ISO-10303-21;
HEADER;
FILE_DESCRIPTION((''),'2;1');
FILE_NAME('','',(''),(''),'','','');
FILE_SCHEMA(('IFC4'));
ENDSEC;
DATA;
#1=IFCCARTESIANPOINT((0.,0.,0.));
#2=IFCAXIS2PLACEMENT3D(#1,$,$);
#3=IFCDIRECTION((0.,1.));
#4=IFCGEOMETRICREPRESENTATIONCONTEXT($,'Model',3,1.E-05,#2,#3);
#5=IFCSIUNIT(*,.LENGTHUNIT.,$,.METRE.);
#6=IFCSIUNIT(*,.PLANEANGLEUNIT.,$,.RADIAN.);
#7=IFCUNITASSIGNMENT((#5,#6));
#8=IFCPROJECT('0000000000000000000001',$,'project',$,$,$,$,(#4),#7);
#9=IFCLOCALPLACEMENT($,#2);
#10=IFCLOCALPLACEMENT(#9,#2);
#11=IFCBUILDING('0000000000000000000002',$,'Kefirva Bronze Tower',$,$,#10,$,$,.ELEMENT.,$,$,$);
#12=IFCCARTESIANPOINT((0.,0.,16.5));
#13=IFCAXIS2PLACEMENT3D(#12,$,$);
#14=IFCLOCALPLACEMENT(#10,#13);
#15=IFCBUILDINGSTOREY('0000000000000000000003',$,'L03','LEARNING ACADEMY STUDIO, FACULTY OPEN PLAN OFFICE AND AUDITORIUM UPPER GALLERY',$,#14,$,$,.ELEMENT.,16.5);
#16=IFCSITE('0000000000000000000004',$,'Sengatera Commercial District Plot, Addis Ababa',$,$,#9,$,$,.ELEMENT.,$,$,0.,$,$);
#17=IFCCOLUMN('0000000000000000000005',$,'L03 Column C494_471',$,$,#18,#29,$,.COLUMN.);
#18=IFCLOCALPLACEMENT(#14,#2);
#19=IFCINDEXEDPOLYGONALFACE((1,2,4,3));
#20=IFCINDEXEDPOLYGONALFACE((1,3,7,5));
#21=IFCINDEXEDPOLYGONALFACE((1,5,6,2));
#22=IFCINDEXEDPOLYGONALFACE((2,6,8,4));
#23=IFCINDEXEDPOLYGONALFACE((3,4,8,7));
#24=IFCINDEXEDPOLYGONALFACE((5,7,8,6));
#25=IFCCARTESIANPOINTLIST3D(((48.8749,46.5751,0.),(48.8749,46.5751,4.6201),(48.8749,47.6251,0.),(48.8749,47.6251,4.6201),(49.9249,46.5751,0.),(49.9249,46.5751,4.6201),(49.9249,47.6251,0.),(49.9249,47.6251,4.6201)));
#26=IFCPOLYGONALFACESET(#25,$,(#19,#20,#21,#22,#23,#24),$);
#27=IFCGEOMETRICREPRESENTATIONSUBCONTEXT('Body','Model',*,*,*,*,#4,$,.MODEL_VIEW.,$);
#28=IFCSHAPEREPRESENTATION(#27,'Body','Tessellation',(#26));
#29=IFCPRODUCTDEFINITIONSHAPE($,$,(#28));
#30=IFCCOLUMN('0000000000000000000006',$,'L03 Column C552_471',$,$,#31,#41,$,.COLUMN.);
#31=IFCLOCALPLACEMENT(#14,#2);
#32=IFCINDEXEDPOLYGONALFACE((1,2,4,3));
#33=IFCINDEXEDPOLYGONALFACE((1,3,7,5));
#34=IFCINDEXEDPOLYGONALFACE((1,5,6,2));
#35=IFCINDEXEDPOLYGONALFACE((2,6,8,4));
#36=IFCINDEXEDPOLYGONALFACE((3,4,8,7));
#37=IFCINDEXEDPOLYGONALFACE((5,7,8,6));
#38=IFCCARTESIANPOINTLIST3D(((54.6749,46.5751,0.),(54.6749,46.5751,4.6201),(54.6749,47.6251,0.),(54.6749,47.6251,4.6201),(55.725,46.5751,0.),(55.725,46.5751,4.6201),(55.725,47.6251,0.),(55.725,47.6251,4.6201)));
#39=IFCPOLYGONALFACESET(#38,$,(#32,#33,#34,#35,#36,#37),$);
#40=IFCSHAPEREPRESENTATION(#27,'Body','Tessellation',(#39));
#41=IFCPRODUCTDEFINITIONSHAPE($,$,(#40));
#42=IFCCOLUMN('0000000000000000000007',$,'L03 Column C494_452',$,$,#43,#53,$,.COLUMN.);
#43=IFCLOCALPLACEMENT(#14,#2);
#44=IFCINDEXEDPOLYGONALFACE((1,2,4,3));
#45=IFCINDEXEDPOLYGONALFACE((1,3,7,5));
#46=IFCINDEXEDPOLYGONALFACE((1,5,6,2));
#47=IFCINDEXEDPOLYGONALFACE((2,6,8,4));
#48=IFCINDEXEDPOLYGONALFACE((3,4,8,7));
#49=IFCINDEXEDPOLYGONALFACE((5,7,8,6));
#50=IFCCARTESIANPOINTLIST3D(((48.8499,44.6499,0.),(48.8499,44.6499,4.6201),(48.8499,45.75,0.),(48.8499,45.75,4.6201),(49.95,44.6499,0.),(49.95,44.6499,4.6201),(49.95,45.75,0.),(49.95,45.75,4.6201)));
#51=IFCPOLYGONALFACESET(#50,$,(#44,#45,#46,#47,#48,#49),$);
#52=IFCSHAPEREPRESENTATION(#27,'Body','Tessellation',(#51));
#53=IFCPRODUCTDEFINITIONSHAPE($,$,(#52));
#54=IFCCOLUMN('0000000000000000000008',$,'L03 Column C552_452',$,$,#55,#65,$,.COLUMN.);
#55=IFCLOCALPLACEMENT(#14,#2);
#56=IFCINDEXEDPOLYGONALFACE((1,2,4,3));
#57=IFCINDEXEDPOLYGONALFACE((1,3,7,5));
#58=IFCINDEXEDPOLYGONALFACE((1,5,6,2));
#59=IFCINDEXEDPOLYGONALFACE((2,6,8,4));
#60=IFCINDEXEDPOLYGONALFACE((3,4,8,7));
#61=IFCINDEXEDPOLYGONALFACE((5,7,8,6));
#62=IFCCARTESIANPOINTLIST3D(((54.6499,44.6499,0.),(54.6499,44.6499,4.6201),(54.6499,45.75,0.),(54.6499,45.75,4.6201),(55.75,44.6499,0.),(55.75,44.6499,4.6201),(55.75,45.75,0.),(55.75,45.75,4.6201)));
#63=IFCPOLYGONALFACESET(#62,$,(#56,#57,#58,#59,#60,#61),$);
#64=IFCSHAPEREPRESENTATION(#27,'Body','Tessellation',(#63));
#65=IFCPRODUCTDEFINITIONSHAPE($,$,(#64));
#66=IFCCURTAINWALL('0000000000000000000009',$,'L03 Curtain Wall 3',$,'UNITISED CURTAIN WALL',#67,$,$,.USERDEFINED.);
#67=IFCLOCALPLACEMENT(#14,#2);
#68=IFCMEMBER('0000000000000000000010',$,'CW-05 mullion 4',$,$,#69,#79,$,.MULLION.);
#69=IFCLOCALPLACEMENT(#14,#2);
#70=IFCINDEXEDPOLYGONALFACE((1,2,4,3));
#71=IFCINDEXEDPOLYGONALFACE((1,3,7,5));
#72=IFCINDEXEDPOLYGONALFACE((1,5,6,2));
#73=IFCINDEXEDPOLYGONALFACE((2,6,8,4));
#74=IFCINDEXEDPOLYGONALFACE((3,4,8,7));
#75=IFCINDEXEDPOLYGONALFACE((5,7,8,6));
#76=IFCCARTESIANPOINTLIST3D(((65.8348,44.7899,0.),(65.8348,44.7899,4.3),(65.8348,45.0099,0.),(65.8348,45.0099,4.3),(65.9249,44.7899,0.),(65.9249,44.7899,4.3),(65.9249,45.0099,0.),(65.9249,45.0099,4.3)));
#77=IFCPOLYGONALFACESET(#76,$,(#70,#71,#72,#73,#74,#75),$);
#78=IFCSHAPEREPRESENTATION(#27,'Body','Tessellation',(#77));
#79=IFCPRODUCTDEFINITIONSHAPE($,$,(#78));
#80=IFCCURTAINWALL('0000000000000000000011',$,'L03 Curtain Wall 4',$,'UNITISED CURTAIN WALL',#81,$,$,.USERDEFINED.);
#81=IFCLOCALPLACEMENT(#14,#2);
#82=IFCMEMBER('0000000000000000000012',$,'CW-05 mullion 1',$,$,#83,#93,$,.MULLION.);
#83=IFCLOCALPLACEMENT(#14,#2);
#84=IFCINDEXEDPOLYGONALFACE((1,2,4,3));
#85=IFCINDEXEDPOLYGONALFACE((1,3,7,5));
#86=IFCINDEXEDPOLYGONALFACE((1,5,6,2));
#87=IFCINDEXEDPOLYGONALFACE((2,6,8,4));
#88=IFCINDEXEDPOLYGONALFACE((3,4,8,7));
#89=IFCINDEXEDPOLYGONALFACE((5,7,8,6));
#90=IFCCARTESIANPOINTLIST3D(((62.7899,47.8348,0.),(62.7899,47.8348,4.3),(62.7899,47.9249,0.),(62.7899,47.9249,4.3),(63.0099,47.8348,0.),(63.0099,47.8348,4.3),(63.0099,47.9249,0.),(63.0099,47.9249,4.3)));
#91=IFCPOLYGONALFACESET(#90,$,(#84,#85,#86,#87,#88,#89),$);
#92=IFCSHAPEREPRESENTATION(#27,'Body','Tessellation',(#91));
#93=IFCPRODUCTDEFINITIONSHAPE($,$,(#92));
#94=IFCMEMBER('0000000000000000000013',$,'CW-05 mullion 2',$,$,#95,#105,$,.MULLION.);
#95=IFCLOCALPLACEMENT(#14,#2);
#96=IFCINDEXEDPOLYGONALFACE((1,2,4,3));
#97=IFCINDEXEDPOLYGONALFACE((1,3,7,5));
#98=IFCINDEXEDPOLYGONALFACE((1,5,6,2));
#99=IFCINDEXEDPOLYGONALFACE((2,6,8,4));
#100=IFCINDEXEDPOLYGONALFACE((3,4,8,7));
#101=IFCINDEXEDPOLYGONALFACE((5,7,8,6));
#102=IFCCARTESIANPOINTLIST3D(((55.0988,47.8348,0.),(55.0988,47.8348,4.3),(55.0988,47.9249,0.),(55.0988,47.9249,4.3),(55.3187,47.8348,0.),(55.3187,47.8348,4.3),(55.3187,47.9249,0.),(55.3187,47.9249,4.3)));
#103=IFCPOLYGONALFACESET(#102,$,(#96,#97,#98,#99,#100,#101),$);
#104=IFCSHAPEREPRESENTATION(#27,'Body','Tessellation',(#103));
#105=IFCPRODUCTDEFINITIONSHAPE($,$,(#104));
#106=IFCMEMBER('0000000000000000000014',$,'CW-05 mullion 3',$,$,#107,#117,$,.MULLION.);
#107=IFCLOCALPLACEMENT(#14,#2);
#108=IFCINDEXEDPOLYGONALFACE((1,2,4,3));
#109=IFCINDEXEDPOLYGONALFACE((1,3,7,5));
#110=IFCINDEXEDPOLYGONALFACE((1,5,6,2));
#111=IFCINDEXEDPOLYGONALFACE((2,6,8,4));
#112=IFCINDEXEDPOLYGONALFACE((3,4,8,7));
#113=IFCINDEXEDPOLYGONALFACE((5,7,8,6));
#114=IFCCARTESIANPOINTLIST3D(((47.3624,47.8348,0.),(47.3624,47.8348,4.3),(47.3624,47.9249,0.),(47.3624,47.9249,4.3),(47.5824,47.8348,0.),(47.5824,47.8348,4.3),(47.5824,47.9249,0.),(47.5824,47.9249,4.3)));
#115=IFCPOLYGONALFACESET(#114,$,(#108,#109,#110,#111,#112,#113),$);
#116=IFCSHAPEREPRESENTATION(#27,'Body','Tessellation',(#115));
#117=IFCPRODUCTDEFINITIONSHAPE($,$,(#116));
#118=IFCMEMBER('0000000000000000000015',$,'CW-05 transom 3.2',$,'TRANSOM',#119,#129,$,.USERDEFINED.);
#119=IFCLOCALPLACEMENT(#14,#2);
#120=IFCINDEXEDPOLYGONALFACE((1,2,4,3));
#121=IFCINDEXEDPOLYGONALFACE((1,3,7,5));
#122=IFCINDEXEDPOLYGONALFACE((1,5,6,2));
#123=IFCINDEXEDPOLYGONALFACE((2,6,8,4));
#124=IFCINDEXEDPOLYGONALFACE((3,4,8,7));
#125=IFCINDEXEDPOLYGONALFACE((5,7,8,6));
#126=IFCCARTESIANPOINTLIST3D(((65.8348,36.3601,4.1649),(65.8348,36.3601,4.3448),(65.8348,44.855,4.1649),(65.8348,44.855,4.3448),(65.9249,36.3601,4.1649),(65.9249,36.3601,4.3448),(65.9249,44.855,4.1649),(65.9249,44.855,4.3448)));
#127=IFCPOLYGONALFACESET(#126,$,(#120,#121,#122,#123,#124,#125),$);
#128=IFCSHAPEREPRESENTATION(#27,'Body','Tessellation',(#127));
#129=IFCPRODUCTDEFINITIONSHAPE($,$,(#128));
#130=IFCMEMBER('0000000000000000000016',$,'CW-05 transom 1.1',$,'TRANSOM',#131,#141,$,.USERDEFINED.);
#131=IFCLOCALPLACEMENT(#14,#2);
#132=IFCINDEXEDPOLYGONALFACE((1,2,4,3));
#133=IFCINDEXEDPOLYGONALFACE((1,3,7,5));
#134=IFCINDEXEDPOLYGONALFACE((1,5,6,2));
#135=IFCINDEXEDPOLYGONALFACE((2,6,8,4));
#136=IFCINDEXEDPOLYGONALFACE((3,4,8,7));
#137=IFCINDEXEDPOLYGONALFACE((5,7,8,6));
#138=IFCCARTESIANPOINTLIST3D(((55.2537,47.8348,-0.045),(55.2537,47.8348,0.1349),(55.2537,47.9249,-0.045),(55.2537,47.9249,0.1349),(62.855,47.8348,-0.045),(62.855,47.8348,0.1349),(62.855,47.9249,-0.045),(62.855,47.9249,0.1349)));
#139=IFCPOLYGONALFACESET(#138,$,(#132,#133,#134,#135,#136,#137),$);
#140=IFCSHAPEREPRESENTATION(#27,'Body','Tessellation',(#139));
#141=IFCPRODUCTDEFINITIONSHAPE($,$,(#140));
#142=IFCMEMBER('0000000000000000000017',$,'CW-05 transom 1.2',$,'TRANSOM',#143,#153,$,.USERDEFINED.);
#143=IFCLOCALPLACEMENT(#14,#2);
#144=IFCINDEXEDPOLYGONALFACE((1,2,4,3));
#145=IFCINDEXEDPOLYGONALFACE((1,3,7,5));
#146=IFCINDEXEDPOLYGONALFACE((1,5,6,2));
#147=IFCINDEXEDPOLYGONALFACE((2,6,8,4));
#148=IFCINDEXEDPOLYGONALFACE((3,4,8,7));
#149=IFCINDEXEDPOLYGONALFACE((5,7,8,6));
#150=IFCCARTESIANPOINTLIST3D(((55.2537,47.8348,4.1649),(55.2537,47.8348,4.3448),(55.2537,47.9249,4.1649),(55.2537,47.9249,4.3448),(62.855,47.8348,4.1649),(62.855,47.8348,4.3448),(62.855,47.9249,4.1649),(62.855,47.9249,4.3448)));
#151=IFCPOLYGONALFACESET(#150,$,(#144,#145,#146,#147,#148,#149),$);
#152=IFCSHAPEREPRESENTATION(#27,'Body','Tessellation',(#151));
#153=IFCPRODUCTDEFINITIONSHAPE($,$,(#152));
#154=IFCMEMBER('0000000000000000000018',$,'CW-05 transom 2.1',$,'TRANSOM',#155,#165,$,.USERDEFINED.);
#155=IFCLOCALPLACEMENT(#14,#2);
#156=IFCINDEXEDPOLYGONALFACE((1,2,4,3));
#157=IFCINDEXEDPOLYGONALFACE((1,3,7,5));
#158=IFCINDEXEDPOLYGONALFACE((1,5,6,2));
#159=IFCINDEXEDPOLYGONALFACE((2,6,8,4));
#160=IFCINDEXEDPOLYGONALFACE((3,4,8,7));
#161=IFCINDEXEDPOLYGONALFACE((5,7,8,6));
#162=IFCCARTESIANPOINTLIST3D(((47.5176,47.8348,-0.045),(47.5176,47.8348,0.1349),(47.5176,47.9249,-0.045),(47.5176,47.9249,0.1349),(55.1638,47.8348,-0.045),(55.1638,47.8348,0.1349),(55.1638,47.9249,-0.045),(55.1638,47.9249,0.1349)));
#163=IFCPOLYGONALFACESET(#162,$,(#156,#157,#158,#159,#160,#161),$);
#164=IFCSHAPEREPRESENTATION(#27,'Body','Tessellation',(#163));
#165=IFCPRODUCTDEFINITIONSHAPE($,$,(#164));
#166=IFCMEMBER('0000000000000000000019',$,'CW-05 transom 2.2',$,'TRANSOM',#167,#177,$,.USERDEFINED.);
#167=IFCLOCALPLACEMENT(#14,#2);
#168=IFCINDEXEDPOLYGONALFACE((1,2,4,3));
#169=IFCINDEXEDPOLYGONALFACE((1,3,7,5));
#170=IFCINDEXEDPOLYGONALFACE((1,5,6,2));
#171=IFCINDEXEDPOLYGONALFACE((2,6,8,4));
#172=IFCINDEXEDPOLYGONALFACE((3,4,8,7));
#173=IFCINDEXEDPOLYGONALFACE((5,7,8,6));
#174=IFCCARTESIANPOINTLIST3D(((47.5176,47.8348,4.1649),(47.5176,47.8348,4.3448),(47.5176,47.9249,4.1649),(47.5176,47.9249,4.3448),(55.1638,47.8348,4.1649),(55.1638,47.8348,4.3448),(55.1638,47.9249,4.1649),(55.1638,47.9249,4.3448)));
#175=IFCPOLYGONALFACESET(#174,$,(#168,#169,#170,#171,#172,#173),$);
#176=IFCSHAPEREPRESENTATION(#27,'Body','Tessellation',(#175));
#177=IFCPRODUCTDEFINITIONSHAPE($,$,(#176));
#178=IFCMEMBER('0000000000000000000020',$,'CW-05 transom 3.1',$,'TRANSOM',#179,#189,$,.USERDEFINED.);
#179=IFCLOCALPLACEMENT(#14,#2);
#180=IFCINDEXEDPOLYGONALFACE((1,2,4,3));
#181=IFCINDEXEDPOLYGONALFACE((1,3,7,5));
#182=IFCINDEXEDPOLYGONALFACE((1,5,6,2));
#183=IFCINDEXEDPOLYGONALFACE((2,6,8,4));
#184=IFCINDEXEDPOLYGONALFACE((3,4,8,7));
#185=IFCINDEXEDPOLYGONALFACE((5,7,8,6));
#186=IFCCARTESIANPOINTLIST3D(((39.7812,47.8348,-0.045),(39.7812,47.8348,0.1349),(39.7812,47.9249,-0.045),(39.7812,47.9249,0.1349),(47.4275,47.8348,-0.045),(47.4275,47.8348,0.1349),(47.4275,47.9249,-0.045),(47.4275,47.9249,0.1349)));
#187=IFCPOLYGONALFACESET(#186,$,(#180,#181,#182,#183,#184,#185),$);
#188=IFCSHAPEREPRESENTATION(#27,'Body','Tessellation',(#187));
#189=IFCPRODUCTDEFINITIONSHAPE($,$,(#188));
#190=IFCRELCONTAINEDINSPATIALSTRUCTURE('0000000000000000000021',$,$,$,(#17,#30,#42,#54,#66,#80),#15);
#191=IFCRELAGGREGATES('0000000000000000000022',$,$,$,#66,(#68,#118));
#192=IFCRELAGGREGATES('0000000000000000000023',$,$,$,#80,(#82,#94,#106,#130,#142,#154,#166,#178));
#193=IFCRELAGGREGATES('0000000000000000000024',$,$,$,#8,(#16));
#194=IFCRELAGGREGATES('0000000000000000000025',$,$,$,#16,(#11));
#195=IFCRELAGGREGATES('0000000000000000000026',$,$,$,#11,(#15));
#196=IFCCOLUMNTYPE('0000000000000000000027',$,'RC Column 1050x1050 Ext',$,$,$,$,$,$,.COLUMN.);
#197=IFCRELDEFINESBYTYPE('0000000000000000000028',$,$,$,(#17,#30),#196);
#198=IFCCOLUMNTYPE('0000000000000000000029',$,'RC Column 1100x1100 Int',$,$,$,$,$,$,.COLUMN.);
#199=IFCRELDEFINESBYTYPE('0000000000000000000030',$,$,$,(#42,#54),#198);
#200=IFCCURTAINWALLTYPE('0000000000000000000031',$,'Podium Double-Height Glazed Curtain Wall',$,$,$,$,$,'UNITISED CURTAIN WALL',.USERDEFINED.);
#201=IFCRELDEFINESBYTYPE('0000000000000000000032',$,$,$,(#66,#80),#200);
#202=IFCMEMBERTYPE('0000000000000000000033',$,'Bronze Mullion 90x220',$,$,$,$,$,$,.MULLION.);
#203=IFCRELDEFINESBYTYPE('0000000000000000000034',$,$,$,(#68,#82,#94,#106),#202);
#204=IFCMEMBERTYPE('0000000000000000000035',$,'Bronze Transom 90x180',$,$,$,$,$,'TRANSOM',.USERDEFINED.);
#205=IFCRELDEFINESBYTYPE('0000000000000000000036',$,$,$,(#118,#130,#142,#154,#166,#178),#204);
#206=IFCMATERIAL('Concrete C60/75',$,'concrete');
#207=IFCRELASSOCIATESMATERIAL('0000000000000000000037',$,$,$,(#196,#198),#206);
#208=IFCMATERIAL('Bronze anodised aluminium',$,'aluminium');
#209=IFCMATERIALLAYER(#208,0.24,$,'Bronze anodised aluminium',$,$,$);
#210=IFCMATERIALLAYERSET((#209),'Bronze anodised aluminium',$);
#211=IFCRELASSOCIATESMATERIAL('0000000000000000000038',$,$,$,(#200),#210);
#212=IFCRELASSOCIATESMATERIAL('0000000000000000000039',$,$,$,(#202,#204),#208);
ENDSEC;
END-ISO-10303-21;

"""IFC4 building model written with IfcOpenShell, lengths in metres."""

from ifc_helpers import new_model, si_unit, direction, frame, origin, origin_2d, place, context, subcontext, project, spatial, rectangle, extrude, material, layer, layer_set, material_profile, profile_set, type_object, element, aggregate, save


model = new_model("IFC4")

# Units and contexts
model_context = context("Model", 3, precision=1e-05, world=origin(), true_north=direction((0.0, 1.0)))
body_context = subcontext(model_context, "Body", "Model", "MODEL_VIEW")
ifc_project = project(units=[si_unit("LENGTHUNIT", "METRE"), si_unit("PLANEANGLEUNIT", "RADIAN")], contexts=[model_context])

# Site, building, storey
site_placement = place(None, origin())
site = spatial("IfcSite", under=ifc_project, at=site_placement, Name="Sengatera Commercial District Plot, Addis Ababa", CompositionType="ELEMENT", RefElevation=0.0)
building_placement = place(site_placement, origin())
building = spatial("IfcBuilding", under=site, at=building_placement, Name="Kefirva Bronze Tower", CompositionType="ELEMENT")
storey_placement = place(building_placement, frame((0.0, 0.0, 16.5)))
storey = spatial("IfcBuildingStorey", under=building, at=storey_placement, Name="L03", Description="LEARNING ACADEMY STUDIO, FACULTY OPEN PLAN OFFICE AND AUDITORIUM UPPER GALLERY", CompositionType="ELEMENT", Elevation=16.5)

# Columns
ifc_material_1 = material(Name="Concrete C60/75", Category="concrete")
ifc_material_profile_1 = material_profile(ifc_material_1, rectangle(XDim=1.05, YDim=1.05, at=origin_2d()), Name="RC 1050x1050")
ifc_profile_set_1 = profile_set([ifc_material_profile_1], Name="Concrete C60/75")
column_type_1 = type_object("IfcColumnType", Name="RC Column 1050x1050 Ext", PredefinedType="COLUMN", material=ifc_profile_set_1)
for number, where, z_axis, x_axis, name in (
    (1, (49.3999, 47.1001, 0.0), (0.0, 0.0, 1.0), (1.0, 0.0, 0.0), "L03 Column C494_471"),
    (2, (55.2, 47.1001, 0.0), (0.0, 0.0, 1.0), (1.0, 0.0, 0.0), "L03 Column C552_471"),
):
    element("IfcColumn", number, at=place(storey_placement, frame(where, z_axis=z_axis, x_axis=x_axis)), inside=storey, type_object=column_type_1, Name=name, PredefinedType="COLUMN", context=body_context, shape_type="SweptSolid", body=[
        extrude(rectangle(XDim=1.05, YDim=1.05, at=origin_2d()), origin(), (0.0, 0.0, 1.0), 4.6201),
    ])
ifc_material_profile_2 = material_profile(ifc_material_1, rectangle(XDim=1.1001, YDim=1.1001, at=origin_2d()), Name="RC 1100x1100")
ifc_profile_set_2 = profile_set([ifc_material_profile_2], Name="Concrete C60/75")
column_type_2 = type_object("IfcColumnType", Name="RC Column 1100x1100 Int", PredefinedType="COLUMN", material=ifc_profile_set_2)
for number, where, z_axis, x_axis, name in (
    (3, (49.3999, 45.2, 0.0), (0.0, 0.0, 1.0), (1.0, 0.0, 0.0), "L03 Column C494_452"),
    (4, (55.2, 45.2, 0.0), (0.0, 0.0, 1.0), (1.0, 0.0, 0.0), "L03 Column C552_452"),
):
    element("IfcColumn", number, at=place(storey_placement, frame(where, z_axis=z_axis, x_axis=x_axis)), inside=storey, type_object=column_type_2, Name=name, PredefinedType="COLUMN", context=body_context, shape_type="SweptSolid", body=[
        extrude(rectangle(XDim=1.1001, YDim=1.1001, at=origin_2d()), origin(), (0.0, 0.0, 1.0), 4.6201),
    ])

# Curtain wall, member
ifc_material_2 = material(Name="Bronze anodised aluminium", Category="aluminium")
ifc_layer_1 = layer(ifc_material_2, 0.24, Name="Bronze anodised aluminium")
ifc_layer_set_1 = layer_set([ifc_layer_1], Name="Bronze anodised aluminium")
curtain_wall_type = type_object("IfcCurtainWallType", Name="Podium Double-Height Glazed Curtain Wall", ElementType="UNITISED CURTAIN WALL", PredefinedType="USERDEFINED", material=ifc_layer_set_1)
curtain_wall_1_placement = place(storey_placement, origin())
curtain_wall_1 = element("IfcCurtainWall", 5, at=curtain_wall_1_placement, inside=storey, type_object=curtain_wall_type, Name="L03 Curtain Wall 3", ObjectType="UNITISED CURTAIN WALL", PredefinedType="USERDEFINED")
ifc_material_profile_3 = material_profile(ifc_material_2, rectangle(XDim=0.0901, YDim=0.22, at=origin_2d()), Name="ALU 90x220")
ifc_profile_set_3 = profile_set([ifc_material_profile_3], Name="Bronze anodised aluminium")
member_type_1 = type_object("IfcMemberType", Name="Bronze Mullion 90x220", PredefinedType="MULLION", material=ifc_profile_set_3)
member_1_placement = place(storey_placement, frame((65.8799, 44.8999, 0.0), z_axis=(0.0, 0.0, 1.0), x_axis=(-1.0, 0.0, 0.0)))
member_1 = element("IfcMember", 6, at=member_1_placement, type_object=member_type_1, Name="CW-05 mullion 4", PredefinedType="MULLION", context=body_context, shape_type="SweptSolid", body=[
    extrude(rectangle(XDim=0.0901, YDim=0.22, at=origin_2d()), origin(), (0.0, 0.0, 1.0), 4.3),
])

# Curtain wall, members
curtain_wall_2_placement = place(storey_placement, origin())
curtain_wall_2 = element("IfcCurtainWall", 7, at=curtain_wall_2_placement, inside=storey, type_object=curtain_wall_type, Name="L03 Curtain Wall 4", ObjectType="UNITISED CURTAIN WALL", PredefinedType="USERDEFINED")
member_2_placement = place(storey_placement, frame((62.8999, 47.8799, 0.0), z_axis=(0.0, 0.0, 1.0), x_axis=(0.0, -1.0, 0.0)))
member_2 = element("IfcMember", 8, at=member_2_placement, type_object=member_type_1, Name="CW-05 mullion 1", PredefinedType="MULLION", context=body_context, shape_type="SweptSolid", body=[
    extrude(rectangle(XDim=0.0901, YDim=0.22, at=origin_2d()), origin(), (0.0, 0.0, 1.0), 4.3),
])
member_3_placement = place(storey_placement, frame((55.2087, 47.8799, 0.0), z_axis=(0.0, 0.0, 1.0), x_axis=(0.0, -1.0, 0.0)))
member_3 = element("IfcMember", 9, at=member_3_placement, type_object=member_type_1, Name="CW-05 mullion 2", PredefinedType="MULLION", context=body_context, shape_type="SweptSolid", body=[
    extrude(rectangle(XDim=0.0901, YDim=0.22, at=origin_2d()), origin(), (0.0, 0.0, 1.0), 4.3),
])
member_4_placement = place(storey_placement, frame((47.4724, 47.8799, 0.0), z_axis=(0.0, 0.0, 1.0), x_axis=(0.0, -1.0, 0.0)))
member_4 = element("IfcMember", 10, at=member_4_placement, type_object=member_type_1, Name="CW-05 mullion 3", PredefinedType="MULLION", context=body_context, shape_type="SweptSolid", body=[
    extrude(rectangle(XDim=0.0901, YDim=0.22, at=origin_2d()), origin(), (0.0, 0.0, 1.0), 4.3),
])

# Members
ifc_material_profile_4 = material_profile(ifc_material_2, rectangle(XDim=0.0901, YDim=0.1799, at=origin_2d()), Name="ALU 90x180")
ifc_profile_set_4 = profile_set([ifc_material_profile_4], Name="Bronze anodised aluminium")
member_type_2 = type_object("IfcMemberType", Name="Bronze Transom 90x180", ElementType="TRANSOM", PredefinedType="USERDEFINED", material=ifc_profile_set_4)
member_5_placement = place(storey_placement, frame((65.8799, 36.3601, 4.2549), z_axis=(0.0, 1.0, 0.0), x_axis=(-1.0, 0.0, 0.0)))
member_5 = element("IfcMember", 11, at=member_5_placement, type_object=member_type_2, Name="CW-05 transom 3.2", ObjectType="TRANSOM", PredefinedType="USERDEFINED", context=body_context, shape_type="SweptSolid", body=[
    extrude(rectangle(XDim=0.0901, YDim=0.1799, at=origin_2d()), origin(), (0.0, 0.0, 1.0), 8.4949),
])
member_6_placement = place(storey_placement, frame((62.855, 47.8799, 0.0449), z_axis=(-1.0, 0.0, 0.0), x_axis=(0.0, -1.0, 0.0)))
member_6 = element("IfcMember", 12, at=member_6_placement, type_object=member_type_2, Name="CW-05 transom 1.1", ObjectType="TRANSOM", PredefinedType="USERDEFINED", context=body_context, shape_type="SweptSolid", body=[
    extrude(rectangle(XDim=0.0901, YDim=0.1799, at=origin_2d()), origin(), (0.0, 0.0, 1.0), 7.6013),
])
member_7_placement = place(storey_placement, frame((62.855, 47.8799, 4.2549), z_axis=(-1.0, 0.0, 0.0), x_axis=(0.0, -1.0, 0.0)))
member_7 = element("IfcMember", 13, at=member_7_placement, type_object=member_type_2, Name="CW-05 transom 1.2", ObjectType="TRANSOM", PredefinedType="USERDEFINED", context=body_context, shape_type="SweptSolid", body=[
    extrude(rectangle(XDim=0.0901, YDim=0.1799, at=origin_2d()), origin(), (0.0, 0.0, 1.0), 7.6013),
])
member_8_placement = place(storey_placement, frame((55.1638, 47.8799, 0.0449), z_axis=(-1.0, 0.0, 0.0), x_axis=(0.0, -1.0, 0.0)))
member_8 = element("IfcMember", 14, at=member_8_placement, type_object=member_type_2, Name="CW-05 transom 2.1", ObjectType="TRANSOM", PredefinedType="USERDEFINED", context=body_context, shape_type="SweptSolid", body=[
    extrude(rectangle(XDim=0.0901, YDim=0.1799, at=origin_2d()), origin(), (0.0, 0.0, 1.0), 7.6462),
])
member_9_placement = place(storey_placement, frame((55.1638, 47.8799, 4.2549), z_axis=(-1.0, 0.0, 0.0), x_axis=(0.0, -1.0, 0.0)))
member_9 = element("IfcMember", 15, at=member_9_placement, type_object=member_type_2, Name="CW-05 transom 2.2", ObjectType="TRANSOM", PredefinedType="USERDEFINED", context=body_context, shape_type="SweptSolid", body=[
    extrude(rectangle(XDim=0.0901, YDim=0.1799, at=origin_2d()), origin(), (0.0, 0.0, 1.0), 7.6462),
])
member_10_placement = place(storey_placement, frame((47.4275, 47.8799, 0.0449), z_axis=(-1.0, 0.0, 0.0), x_axis=(0.0, -1.0, 0.0)))
member_10 = element("IfcMember", 16, at=member_10_placement, type_object=member_type_2, Name="CW-05 transom 3.1", ObjectType="TRANSOM", PredefinedType="USERDEFINED", context=body_context, shape_type="SweptSolid", body=[
    extrude(rectangle(XDim=0.0901, YDim=0.1799, at=origin_2d()), origin(), (0.0, 0.0, 1.0), 7.6462),
])

aggregate(curtain_wall_1, [member_1, member_5])
aggregate(curtain_wall_2, [member_2, member_3, member_4, member_6, member_7, member_8, member_9, member_10])

save(model, "model.ifc")
